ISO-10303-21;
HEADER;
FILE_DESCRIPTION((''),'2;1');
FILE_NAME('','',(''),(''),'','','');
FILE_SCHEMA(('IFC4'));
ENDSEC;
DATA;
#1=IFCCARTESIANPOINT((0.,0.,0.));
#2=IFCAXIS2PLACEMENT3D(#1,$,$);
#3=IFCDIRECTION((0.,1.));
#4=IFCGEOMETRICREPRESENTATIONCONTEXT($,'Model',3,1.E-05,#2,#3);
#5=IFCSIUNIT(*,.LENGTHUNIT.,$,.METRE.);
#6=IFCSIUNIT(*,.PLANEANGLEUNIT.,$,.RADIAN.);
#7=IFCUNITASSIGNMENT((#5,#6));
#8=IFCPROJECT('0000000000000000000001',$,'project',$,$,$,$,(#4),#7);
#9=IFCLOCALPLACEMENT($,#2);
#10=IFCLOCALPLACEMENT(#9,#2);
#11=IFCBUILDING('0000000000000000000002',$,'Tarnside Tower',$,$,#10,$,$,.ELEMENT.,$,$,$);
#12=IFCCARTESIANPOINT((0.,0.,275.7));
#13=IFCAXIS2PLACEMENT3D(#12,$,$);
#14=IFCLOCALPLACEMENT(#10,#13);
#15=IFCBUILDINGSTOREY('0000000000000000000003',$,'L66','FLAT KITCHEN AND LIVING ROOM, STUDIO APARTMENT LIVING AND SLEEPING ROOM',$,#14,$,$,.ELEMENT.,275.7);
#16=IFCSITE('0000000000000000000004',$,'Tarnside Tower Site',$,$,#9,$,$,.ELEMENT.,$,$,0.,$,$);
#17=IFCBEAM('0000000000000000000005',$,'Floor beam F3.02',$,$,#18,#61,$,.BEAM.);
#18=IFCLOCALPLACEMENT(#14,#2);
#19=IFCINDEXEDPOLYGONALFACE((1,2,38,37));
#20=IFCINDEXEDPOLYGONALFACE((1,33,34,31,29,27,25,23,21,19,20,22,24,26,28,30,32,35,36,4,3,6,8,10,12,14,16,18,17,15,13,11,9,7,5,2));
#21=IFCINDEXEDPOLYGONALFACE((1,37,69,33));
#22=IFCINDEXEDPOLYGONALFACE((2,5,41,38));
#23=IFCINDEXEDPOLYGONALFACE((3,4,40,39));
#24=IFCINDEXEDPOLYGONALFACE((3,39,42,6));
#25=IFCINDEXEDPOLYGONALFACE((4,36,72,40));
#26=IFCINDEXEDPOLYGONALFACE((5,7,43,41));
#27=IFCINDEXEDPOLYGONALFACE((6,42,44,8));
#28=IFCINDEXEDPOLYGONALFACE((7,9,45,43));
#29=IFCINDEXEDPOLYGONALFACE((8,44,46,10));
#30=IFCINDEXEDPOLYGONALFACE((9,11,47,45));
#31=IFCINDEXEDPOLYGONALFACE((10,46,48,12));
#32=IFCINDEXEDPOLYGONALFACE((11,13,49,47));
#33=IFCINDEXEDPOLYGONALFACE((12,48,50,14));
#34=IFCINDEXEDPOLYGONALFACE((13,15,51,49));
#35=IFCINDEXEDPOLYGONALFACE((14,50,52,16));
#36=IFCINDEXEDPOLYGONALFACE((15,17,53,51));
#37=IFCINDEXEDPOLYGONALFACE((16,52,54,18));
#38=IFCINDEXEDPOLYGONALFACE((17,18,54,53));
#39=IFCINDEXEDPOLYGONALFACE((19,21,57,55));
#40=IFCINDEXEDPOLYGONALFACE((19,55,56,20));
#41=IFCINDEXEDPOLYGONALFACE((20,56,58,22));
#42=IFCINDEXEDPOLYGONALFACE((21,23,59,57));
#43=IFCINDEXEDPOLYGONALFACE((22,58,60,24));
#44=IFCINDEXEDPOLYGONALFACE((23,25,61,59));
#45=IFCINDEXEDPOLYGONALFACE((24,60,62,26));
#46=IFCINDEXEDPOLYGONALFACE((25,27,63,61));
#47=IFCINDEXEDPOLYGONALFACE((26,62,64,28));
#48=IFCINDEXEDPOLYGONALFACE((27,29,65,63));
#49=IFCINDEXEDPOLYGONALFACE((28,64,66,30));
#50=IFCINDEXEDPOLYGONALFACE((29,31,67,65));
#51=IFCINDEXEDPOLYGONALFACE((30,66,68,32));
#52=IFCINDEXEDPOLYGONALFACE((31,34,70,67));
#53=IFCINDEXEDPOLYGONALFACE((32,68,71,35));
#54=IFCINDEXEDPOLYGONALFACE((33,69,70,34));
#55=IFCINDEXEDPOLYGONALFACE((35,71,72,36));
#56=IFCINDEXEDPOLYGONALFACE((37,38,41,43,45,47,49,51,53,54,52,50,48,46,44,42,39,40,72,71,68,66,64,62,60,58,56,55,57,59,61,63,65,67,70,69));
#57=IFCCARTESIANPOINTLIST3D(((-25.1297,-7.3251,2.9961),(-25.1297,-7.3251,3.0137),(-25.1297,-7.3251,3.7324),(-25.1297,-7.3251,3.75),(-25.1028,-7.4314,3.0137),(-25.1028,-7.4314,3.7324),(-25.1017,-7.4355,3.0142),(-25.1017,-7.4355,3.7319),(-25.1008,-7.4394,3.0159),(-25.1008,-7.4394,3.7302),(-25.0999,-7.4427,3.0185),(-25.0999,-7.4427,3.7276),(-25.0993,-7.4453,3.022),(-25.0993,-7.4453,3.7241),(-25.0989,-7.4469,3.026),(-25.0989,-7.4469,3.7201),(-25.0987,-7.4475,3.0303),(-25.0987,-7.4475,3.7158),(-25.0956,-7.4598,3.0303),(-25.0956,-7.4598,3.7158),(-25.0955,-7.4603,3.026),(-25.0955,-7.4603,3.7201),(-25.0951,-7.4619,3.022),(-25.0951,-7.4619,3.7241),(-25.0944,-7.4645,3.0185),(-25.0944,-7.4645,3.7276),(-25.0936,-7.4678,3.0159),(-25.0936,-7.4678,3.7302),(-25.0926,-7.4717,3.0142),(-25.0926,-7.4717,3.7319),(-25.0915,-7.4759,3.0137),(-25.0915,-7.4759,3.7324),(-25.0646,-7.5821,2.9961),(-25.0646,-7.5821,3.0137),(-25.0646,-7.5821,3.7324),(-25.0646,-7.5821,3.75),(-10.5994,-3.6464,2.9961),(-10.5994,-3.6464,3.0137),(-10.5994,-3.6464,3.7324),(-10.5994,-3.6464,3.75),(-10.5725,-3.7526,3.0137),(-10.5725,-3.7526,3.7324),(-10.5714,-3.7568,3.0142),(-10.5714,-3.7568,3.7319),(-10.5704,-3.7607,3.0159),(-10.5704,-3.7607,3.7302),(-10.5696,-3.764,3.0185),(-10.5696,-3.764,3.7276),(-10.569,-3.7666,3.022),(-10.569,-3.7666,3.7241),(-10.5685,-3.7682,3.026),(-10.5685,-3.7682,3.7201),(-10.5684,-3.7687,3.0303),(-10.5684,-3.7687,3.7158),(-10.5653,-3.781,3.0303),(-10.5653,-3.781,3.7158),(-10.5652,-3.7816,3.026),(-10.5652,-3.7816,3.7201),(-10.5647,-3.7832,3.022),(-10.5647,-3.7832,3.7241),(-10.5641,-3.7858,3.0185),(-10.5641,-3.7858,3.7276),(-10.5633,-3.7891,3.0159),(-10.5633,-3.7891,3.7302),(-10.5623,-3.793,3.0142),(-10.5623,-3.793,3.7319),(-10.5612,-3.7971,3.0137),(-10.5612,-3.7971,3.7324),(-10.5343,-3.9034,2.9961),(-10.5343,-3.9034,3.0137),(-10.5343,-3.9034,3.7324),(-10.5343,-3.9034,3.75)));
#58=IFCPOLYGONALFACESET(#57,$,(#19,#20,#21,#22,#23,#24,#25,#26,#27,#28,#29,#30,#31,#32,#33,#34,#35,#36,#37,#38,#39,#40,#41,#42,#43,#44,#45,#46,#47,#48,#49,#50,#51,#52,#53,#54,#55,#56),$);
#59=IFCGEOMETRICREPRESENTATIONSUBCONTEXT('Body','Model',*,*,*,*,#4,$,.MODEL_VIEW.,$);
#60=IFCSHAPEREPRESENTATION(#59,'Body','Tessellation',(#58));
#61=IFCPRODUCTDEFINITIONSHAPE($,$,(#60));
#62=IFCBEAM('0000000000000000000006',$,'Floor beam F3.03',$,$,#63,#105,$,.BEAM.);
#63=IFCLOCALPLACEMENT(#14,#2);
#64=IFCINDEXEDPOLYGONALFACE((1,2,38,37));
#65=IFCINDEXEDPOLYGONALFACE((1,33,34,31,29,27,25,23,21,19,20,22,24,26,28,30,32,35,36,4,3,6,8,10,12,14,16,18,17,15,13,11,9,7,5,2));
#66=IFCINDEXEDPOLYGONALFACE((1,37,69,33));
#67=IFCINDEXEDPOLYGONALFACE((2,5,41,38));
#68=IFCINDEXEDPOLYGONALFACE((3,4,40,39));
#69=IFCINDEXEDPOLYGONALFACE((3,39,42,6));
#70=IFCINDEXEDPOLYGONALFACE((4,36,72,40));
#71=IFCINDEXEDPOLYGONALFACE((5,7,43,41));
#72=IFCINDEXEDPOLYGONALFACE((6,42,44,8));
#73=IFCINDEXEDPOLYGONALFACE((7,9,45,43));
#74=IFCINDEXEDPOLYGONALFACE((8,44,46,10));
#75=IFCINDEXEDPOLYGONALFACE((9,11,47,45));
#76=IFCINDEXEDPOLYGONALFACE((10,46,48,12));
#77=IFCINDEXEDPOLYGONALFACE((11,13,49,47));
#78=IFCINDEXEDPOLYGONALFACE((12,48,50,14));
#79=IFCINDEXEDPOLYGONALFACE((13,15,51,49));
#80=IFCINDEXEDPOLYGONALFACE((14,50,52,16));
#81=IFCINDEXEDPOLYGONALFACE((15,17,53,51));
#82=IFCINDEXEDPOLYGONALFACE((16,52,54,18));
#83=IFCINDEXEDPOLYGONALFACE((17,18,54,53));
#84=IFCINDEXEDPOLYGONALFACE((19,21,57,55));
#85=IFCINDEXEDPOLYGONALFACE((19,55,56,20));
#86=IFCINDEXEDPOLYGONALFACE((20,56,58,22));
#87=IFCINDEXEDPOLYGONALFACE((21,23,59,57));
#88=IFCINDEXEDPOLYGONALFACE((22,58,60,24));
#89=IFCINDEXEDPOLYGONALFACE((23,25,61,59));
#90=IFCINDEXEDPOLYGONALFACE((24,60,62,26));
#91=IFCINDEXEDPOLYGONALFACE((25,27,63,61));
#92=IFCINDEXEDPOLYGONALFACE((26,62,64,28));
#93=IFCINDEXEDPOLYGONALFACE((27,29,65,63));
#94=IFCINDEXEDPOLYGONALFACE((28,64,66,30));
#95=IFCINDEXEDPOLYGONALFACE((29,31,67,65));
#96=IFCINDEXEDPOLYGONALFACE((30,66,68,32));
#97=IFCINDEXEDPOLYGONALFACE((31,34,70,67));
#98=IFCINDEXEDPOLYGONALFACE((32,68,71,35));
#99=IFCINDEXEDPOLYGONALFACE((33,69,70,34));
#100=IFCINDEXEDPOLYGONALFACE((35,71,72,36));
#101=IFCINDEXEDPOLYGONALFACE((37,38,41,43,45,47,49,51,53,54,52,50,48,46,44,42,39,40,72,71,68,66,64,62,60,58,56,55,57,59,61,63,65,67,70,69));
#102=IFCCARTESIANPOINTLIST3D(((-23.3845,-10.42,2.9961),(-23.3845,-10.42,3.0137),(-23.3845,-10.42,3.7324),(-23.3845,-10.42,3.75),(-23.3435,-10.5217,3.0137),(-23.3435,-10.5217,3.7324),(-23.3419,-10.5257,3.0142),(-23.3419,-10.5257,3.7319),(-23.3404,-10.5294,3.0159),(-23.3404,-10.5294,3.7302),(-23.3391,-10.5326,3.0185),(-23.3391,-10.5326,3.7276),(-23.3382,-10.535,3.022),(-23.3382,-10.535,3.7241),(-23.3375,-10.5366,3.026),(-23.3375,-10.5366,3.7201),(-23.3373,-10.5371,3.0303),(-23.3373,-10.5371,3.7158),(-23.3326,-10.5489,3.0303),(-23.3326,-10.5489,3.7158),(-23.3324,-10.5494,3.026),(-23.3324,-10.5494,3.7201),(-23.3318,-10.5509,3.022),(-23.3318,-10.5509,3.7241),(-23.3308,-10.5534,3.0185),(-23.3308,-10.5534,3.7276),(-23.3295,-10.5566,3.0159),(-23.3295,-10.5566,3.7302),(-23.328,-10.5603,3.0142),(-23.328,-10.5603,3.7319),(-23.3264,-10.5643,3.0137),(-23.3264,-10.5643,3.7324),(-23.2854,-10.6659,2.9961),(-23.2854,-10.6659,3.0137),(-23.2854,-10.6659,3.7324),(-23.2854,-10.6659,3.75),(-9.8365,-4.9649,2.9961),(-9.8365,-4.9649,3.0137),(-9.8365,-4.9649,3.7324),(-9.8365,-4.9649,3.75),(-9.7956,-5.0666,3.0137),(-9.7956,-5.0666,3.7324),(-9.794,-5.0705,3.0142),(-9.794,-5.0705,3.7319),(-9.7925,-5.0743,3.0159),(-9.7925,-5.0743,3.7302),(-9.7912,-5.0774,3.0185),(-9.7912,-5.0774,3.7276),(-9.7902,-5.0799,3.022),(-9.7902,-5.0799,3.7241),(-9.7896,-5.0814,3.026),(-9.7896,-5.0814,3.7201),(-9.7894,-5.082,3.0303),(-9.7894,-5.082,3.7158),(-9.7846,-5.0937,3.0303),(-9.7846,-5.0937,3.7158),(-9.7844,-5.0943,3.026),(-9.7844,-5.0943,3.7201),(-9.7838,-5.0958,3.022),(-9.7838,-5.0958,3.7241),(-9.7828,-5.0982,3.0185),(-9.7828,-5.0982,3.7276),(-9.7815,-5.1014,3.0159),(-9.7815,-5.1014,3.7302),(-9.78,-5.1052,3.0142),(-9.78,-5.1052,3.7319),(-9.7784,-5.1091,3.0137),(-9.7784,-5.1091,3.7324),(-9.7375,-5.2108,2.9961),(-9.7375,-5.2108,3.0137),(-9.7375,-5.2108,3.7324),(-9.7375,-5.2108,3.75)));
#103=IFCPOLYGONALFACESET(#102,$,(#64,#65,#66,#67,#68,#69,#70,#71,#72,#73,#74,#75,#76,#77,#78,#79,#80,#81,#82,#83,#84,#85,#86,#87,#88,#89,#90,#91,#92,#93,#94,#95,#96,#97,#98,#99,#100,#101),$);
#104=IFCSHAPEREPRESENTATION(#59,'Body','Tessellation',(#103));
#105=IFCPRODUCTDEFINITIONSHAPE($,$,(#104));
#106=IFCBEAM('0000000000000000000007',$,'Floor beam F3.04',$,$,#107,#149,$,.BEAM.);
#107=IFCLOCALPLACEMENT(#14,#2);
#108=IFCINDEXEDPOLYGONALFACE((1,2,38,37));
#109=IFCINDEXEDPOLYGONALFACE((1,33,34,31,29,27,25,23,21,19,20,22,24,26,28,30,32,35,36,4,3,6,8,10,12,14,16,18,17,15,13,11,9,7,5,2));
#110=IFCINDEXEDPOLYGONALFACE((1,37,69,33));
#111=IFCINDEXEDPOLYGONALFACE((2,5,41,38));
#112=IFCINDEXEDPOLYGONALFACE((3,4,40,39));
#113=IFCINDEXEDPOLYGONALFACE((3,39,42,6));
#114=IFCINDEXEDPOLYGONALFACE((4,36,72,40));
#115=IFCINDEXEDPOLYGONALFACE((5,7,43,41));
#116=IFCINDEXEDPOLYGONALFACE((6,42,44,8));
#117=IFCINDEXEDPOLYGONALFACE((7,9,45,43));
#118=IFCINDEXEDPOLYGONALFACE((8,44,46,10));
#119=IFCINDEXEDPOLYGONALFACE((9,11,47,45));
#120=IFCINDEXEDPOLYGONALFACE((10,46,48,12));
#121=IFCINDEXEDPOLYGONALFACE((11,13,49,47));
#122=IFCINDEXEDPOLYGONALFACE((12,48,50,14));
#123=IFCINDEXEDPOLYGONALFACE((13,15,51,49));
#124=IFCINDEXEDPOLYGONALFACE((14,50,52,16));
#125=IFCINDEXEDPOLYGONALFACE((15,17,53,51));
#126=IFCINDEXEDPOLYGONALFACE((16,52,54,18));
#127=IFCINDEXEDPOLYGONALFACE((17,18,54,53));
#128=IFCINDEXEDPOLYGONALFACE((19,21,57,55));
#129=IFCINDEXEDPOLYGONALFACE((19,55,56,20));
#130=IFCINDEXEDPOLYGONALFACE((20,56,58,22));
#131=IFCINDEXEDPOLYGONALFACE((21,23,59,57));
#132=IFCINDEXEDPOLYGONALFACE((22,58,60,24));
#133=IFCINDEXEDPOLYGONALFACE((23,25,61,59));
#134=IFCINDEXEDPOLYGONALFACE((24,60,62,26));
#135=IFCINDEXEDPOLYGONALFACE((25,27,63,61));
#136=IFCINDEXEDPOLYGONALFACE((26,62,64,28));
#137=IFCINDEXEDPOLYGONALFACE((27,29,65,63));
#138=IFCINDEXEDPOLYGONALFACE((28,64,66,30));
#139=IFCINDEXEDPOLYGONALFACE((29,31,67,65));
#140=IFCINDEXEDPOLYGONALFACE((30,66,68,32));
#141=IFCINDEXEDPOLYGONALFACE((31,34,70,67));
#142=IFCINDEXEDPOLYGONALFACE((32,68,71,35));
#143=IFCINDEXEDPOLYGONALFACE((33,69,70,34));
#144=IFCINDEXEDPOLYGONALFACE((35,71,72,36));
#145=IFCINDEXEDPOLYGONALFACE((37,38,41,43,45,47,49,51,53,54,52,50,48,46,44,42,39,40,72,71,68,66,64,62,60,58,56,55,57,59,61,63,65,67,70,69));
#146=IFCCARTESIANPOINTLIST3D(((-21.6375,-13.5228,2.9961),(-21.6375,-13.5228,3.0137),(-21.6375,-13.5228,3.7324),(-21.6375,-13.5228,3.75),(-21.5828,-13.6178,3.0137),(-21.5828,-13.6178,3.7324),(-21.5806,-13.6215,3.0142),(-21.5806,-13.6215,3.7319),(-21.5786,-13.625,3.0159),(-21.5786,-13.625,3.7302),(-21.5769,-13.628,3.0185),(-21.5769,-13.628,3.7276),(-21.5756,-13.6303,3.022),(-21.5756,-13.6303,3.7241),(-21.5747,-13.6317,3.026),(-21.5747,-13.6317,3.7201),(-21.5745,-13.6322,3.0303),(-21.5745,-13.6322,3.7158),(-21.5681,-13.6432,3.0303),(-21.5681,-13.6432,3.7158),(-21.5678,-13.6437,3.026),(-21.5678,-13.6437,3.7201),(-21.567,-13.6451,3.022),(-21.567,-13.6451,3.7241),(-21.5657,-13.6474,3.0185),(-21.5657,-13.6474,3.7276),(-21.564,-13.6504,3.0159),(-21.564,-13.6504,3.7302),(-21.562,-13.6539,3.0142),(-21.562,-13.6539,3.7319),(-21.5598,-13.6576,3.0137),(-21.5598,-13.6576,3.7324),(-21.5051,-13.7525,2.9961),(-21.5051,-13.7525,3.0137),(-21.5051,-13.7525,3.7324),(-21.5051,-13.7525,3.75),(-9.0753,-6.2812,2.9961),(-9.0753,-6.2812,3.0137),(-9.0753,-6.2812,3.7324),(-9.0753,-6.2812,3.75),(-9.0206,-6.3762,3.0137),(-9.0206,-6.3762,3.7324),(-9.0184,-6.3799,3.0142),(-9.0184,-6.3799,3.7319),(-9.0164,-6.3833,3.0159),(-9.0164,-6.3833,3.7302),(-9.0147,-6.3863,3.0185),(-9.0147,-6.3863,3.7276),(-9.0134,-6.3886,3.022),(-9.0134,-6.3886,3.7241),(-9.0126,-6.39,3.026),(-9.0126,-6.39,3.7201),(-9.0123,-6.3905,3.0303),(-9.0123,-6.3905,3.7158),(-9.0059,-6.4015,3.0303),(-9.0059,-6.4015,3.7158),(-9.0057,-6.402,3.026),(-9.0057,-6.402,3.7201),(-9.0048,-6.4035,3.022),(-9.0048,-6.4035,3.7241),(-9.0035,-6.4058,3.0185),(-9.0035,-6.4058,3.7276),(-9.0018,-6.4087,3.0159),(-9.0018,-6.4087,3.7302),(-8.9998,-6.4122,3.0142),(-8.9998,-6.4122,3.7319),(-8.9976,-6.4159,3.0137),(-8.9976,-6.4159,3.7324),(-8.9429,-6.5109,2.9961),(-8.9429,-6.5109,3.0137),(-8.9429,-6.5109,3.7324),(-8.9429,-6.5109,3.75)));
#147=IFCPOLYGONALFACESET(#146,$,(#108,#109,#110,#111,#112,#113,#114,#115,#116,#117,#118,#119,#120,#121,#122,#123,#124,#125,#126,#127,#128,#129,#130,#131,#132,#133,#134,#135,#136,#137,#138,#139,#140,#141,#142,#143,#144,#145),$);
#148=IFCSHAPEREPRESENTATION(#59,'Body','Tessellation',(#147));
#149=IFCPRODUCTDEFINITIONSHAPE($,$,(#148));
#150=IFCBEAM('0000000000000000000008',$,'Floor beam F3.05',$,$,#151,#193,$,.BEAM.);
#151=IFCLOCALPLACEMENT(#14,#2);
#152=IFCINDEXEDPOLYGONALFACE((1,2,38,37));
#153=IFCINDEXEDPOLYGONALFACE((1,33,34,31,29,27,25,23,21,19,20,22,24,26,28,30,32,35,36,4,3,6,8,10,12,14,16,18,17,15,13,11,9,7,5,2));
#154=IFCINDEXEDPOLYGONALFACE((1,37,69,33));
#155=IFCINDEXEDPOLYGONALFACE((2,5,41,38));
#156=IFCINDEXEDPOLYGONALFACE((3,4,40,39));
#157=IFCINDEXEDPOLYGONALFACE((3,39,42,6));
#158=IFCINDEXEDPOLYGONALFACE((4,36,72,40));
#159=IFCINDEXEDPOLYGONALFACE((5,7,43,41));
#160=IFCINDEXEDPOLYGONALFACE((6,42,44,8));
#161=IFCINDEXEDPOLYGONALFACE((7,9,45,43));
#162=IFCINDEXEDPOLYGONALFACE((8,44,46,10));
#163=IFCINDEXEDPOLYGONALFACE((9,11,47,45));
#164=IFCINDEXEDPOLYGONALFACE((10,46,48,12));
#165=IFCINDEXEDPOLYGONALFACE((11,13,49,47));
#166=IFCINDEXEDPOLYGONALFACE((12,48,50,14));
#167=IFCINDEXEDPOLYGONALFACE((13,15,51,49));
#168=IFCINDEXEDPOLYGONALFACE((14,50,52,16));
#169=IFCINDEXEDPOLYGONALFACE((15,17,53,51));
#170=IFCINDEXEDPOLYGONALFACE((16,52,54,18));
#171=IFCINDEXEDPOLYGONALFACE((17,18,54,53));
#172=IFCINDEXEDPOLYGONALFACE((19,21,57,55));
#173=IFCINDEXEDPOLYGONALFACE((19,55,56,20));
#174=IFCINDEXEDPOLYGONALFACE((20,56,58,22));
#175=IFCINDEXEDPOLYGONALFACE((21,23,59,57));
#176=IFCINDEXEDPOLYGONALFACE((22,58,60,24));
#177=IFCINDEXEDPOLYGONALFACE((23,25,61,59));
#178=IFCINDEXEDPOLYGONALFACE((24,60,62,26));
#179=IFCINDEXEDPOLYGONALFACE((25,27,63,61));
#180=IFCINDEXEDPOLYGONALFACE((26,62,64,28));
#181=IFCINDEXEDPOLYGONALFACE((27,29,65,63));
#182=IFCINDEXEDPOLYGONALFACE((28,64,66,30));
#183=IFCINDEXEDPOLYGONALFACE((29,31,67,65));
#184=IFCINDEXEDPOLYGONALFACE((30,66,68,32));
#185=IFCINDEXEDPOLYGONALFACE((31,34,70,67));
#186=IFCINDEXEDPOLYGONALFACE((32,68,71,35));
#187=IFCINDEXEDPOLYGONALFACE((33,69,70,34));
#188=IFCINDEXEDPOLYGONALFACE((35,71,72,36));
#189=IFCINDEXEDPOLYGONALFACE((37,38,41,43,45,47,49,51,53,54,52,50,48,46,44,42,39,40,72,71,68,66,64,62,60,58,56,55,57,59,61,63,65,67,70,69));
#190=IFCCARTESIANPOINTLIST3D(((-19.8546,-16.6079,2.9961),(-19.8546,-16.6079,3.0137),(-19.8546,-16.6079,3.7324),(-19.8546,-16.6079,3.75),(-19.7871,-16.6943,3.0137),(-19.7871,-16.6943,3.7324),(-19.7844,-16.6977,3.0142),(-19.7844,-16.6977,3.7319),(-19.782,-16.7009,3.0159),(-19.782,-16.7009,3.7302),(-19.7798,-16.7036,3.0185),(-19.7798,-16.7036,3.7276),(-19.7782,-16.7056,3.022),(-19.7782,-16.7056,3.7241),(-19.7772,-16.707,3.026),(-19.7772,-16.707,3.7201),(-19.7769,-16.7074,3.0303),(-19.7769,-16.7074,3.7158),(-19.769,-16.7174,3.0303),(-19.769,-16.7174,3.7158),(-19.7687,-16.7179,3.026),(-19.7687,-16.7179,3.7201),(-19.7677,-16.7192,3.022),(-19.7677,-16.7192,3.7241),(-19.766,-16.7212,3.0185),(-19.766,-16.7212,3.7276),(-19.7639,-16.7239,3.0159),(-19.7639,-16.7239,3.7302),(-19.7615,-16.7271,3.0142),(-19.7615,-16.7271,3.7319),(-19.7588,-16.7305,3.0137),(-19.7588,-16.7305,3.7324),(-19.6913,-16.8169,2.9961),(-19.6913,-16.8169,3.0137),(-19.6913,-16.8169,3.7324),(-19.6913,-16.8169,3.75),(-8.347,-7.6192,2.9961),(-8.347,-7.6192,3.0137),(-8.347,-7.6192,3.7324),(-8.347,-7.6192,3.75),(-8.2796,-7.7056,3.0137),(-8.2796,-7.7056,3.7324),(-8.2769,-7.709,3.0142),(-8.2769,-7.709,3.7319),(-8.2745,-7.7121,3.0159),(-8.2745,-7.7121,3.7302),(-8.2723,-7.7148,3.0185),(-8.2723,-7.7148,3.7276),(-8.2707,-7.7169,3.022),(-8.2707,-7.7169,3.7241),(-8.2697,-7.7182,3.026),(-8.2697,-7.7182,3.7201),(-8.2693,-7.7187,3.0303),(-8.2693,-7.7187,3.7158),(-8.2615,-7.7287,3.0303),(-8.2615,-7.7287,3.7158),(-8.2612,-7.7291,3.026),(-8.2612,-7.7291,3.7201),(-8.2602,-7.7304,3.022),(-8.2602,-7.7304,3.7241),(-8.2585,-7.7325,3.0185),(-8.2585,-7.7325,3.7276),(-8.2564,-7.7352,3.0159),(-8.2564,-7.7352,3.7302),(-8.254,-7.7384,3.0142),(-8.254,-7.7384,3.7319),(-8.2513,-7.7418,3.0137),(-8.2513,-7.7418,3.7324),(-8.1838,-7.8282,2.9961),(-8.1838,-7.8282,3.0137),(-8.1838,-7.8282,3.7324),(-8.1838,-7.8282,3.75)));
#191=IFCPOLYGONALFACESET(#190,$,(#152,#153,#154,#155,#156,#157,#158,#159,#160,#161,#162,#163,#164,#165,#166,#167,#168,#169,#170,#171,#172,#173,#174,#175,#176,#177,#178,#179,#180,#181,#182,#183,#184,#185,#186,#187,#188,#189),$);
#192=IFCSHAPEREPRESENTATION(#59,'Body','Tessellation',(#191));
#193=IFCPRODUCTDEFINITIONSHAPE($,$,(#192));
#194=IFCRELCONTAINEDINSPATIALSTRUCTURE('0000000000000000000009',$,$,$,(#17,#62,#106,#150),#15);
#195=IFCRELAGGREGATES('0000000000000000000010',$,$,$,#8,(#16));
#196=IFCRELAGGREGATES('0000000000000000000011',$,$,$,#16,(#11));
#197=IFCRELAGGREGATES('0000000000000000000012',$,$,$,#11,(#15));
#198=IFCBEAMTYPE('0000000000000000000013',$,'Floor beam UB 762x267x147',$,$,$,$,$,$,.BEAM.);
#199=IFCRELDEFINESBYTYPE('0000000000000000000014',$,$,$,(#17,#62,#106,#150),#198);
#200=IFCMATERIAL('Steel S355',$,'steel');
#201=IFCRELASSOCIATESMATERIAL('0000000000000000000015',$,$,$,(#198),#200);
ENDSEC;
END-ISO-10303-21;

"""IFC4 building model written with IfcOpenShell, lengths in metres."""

from ifc_helpers import new_model, si_unit, direction, frame, origin, origin_2d, place, context, subcontext, project, spatial, i_section, extrude, material, material_profile, profile_set, type_object, element, save


model = new_model("IFC4")

# Units and contexts
model_context = context("Model", 3, precision=1e-05, world=origin(), true_north=direction((0.0, 1.0)))
body_context = subcontext(model_context, "Body", "Model", "MODEL_VIEW")
ifc_project = project(units=[si_unit("LENGTHUNIT", "METRE"), si_unit("PLANEANGLEUNIT", "RADIAN")], contexts=[model_context])

# Site, building, storey
site_placement = place(None, origin())
site = spatial("IfcSite", under=ifc_project, at=site_placement, Name="Tarnside Tower Site", CompositionType="ELEMENT", RefElevation=0.0)
building_placement = place(site_placement, origin())
building = spatial("IfcBuilding", under=site, at=building_placement, Name="Tarnside Tower", CompositionType="ELEMENT")
storey_placement = place(building_placement, frame((0.0, 0.0, 275.7)))
storey = spatial("IfcBuildingStorey", under=building, at=storey_placement, Name="L66", Description="FLAT KITCHEN AND LIVING ROOM, STUDIO APARTMENT LIVING AND SLEEPING ROOM", CompositionType="ELEMENT", Elevation=275.7)

# Beams
ifc_material_1 = material(Name="Steel S355", Category="steel")
ifc_material_profile_1 = material_profile(ifc_material_1, i_section(OverallWidth=0.2651, OverallDepth=0.7539, WebThickness=0.0127, FlangeThickness=0.0176, FilletRadius=0.0166, at=origin_2d()), Name="UB 762x267x147")
ifc_profile_set_1 = profile_set([ifc_material_profile_1], Name="Steel S355")
beam_type_1 = type_object("IfcBeamType", Name="Floor beam UB 762x267x147", PredefinedType="BEAM", material=ifc_profile_set_1)
beam_1_placement = place(storey_placement, frame((-25.0972, -7.4536, 3.373), z_axis=(0.969414, 0.245432, 0.0), x_axis=(-0.245432, 0.969414, 0.0)))
element("IfcBeam", 1, at=beam_1_placement, inside=storey, type_object=beam_type_1, Name="Floor beam F3.02", PredefinedType="BEAM", context=body_context, shape_type="SweptSolid", body=[
    extrude(i_section(OverallWidth=0.2651, OverallDepth=0.7539, WebThickness=0.0127, FlangeThickness=0.0176, FilletRadius=0.0166, at=origin_2d()), origin(), (0.0, 0.0, 1.0), 14.9888),
])
beam_2_placement = place(storey_placement, frame((-23.335, -10.543, 3.373), z_axis=(0.927626, 0.373511, 0.0), x_axis=(-0.373511, 0.927626, 0.0)))
element("IfcBeam", 2, at=beam_2_placement, inside=storey, type_object=beam_type_1, Name="Floor beam F3.03", PredefinedType="BEAM", context=body_context, shape_type="SweptSolid", body=[
    extrude(i_section(OverallWidth=0.2651, OverallDepth=0.7539, WebThickness=0.0127, FlangeThickness=0.0176, FilletRadius=0.0166, at=origin_2d()), origin(), (0.0, 0.0, 1.0), 14.605),
])
beam_3_placement = place(storey_placement, frame((-21.5713, -13.6377, 3.373), z_axis=(0.866357, 0.499425, 0.0), x_axis=(-0.499425, 0.866357, 0.0)))
element("IfcBeam", 3, at=beam_3_placement, inside=storey, type_object=beam_type_1, Name="Floor beam F3.04", PredefinedType="BEAM", context=body_context, shape_type="SweptSolid", body=[
    extrude(i_section(OverallWidth=0.2651, OverallDepth=0.7539, WebThickness=0.0127, FlangeThickness=0.0176, FilletRadius=0.0166, at=origin_2d()), origin(), (0.0, 0.0, 1.0), 14.5),
])
beam_4_placement = place(storey_placement, frame((-19.7729, -16.7124, 3.373), z_axis=(0.788075, 0.615579, 0.0), x_axis=(-0.615579, 0.788075, 0.0)))
element("IfcBeam", 4, at=beam_4_placement, inside=storey, type_object=beam_type_1, Name="Floor beam F3.05", PredefinedType="BEAM", context=body_context, shape_type="SweptSolid", body=[
    extrude(i_section(OverallWidth=0.2651, OverallDepth=0.7539, WebThickness=0.0127, FlangeThickness=0.0176, FilletRadius=0.0166, at=origin_2d()), origin(), (0.0, 0.0, 1.0), 14.6021),
])

save(model, "model.ifc")
